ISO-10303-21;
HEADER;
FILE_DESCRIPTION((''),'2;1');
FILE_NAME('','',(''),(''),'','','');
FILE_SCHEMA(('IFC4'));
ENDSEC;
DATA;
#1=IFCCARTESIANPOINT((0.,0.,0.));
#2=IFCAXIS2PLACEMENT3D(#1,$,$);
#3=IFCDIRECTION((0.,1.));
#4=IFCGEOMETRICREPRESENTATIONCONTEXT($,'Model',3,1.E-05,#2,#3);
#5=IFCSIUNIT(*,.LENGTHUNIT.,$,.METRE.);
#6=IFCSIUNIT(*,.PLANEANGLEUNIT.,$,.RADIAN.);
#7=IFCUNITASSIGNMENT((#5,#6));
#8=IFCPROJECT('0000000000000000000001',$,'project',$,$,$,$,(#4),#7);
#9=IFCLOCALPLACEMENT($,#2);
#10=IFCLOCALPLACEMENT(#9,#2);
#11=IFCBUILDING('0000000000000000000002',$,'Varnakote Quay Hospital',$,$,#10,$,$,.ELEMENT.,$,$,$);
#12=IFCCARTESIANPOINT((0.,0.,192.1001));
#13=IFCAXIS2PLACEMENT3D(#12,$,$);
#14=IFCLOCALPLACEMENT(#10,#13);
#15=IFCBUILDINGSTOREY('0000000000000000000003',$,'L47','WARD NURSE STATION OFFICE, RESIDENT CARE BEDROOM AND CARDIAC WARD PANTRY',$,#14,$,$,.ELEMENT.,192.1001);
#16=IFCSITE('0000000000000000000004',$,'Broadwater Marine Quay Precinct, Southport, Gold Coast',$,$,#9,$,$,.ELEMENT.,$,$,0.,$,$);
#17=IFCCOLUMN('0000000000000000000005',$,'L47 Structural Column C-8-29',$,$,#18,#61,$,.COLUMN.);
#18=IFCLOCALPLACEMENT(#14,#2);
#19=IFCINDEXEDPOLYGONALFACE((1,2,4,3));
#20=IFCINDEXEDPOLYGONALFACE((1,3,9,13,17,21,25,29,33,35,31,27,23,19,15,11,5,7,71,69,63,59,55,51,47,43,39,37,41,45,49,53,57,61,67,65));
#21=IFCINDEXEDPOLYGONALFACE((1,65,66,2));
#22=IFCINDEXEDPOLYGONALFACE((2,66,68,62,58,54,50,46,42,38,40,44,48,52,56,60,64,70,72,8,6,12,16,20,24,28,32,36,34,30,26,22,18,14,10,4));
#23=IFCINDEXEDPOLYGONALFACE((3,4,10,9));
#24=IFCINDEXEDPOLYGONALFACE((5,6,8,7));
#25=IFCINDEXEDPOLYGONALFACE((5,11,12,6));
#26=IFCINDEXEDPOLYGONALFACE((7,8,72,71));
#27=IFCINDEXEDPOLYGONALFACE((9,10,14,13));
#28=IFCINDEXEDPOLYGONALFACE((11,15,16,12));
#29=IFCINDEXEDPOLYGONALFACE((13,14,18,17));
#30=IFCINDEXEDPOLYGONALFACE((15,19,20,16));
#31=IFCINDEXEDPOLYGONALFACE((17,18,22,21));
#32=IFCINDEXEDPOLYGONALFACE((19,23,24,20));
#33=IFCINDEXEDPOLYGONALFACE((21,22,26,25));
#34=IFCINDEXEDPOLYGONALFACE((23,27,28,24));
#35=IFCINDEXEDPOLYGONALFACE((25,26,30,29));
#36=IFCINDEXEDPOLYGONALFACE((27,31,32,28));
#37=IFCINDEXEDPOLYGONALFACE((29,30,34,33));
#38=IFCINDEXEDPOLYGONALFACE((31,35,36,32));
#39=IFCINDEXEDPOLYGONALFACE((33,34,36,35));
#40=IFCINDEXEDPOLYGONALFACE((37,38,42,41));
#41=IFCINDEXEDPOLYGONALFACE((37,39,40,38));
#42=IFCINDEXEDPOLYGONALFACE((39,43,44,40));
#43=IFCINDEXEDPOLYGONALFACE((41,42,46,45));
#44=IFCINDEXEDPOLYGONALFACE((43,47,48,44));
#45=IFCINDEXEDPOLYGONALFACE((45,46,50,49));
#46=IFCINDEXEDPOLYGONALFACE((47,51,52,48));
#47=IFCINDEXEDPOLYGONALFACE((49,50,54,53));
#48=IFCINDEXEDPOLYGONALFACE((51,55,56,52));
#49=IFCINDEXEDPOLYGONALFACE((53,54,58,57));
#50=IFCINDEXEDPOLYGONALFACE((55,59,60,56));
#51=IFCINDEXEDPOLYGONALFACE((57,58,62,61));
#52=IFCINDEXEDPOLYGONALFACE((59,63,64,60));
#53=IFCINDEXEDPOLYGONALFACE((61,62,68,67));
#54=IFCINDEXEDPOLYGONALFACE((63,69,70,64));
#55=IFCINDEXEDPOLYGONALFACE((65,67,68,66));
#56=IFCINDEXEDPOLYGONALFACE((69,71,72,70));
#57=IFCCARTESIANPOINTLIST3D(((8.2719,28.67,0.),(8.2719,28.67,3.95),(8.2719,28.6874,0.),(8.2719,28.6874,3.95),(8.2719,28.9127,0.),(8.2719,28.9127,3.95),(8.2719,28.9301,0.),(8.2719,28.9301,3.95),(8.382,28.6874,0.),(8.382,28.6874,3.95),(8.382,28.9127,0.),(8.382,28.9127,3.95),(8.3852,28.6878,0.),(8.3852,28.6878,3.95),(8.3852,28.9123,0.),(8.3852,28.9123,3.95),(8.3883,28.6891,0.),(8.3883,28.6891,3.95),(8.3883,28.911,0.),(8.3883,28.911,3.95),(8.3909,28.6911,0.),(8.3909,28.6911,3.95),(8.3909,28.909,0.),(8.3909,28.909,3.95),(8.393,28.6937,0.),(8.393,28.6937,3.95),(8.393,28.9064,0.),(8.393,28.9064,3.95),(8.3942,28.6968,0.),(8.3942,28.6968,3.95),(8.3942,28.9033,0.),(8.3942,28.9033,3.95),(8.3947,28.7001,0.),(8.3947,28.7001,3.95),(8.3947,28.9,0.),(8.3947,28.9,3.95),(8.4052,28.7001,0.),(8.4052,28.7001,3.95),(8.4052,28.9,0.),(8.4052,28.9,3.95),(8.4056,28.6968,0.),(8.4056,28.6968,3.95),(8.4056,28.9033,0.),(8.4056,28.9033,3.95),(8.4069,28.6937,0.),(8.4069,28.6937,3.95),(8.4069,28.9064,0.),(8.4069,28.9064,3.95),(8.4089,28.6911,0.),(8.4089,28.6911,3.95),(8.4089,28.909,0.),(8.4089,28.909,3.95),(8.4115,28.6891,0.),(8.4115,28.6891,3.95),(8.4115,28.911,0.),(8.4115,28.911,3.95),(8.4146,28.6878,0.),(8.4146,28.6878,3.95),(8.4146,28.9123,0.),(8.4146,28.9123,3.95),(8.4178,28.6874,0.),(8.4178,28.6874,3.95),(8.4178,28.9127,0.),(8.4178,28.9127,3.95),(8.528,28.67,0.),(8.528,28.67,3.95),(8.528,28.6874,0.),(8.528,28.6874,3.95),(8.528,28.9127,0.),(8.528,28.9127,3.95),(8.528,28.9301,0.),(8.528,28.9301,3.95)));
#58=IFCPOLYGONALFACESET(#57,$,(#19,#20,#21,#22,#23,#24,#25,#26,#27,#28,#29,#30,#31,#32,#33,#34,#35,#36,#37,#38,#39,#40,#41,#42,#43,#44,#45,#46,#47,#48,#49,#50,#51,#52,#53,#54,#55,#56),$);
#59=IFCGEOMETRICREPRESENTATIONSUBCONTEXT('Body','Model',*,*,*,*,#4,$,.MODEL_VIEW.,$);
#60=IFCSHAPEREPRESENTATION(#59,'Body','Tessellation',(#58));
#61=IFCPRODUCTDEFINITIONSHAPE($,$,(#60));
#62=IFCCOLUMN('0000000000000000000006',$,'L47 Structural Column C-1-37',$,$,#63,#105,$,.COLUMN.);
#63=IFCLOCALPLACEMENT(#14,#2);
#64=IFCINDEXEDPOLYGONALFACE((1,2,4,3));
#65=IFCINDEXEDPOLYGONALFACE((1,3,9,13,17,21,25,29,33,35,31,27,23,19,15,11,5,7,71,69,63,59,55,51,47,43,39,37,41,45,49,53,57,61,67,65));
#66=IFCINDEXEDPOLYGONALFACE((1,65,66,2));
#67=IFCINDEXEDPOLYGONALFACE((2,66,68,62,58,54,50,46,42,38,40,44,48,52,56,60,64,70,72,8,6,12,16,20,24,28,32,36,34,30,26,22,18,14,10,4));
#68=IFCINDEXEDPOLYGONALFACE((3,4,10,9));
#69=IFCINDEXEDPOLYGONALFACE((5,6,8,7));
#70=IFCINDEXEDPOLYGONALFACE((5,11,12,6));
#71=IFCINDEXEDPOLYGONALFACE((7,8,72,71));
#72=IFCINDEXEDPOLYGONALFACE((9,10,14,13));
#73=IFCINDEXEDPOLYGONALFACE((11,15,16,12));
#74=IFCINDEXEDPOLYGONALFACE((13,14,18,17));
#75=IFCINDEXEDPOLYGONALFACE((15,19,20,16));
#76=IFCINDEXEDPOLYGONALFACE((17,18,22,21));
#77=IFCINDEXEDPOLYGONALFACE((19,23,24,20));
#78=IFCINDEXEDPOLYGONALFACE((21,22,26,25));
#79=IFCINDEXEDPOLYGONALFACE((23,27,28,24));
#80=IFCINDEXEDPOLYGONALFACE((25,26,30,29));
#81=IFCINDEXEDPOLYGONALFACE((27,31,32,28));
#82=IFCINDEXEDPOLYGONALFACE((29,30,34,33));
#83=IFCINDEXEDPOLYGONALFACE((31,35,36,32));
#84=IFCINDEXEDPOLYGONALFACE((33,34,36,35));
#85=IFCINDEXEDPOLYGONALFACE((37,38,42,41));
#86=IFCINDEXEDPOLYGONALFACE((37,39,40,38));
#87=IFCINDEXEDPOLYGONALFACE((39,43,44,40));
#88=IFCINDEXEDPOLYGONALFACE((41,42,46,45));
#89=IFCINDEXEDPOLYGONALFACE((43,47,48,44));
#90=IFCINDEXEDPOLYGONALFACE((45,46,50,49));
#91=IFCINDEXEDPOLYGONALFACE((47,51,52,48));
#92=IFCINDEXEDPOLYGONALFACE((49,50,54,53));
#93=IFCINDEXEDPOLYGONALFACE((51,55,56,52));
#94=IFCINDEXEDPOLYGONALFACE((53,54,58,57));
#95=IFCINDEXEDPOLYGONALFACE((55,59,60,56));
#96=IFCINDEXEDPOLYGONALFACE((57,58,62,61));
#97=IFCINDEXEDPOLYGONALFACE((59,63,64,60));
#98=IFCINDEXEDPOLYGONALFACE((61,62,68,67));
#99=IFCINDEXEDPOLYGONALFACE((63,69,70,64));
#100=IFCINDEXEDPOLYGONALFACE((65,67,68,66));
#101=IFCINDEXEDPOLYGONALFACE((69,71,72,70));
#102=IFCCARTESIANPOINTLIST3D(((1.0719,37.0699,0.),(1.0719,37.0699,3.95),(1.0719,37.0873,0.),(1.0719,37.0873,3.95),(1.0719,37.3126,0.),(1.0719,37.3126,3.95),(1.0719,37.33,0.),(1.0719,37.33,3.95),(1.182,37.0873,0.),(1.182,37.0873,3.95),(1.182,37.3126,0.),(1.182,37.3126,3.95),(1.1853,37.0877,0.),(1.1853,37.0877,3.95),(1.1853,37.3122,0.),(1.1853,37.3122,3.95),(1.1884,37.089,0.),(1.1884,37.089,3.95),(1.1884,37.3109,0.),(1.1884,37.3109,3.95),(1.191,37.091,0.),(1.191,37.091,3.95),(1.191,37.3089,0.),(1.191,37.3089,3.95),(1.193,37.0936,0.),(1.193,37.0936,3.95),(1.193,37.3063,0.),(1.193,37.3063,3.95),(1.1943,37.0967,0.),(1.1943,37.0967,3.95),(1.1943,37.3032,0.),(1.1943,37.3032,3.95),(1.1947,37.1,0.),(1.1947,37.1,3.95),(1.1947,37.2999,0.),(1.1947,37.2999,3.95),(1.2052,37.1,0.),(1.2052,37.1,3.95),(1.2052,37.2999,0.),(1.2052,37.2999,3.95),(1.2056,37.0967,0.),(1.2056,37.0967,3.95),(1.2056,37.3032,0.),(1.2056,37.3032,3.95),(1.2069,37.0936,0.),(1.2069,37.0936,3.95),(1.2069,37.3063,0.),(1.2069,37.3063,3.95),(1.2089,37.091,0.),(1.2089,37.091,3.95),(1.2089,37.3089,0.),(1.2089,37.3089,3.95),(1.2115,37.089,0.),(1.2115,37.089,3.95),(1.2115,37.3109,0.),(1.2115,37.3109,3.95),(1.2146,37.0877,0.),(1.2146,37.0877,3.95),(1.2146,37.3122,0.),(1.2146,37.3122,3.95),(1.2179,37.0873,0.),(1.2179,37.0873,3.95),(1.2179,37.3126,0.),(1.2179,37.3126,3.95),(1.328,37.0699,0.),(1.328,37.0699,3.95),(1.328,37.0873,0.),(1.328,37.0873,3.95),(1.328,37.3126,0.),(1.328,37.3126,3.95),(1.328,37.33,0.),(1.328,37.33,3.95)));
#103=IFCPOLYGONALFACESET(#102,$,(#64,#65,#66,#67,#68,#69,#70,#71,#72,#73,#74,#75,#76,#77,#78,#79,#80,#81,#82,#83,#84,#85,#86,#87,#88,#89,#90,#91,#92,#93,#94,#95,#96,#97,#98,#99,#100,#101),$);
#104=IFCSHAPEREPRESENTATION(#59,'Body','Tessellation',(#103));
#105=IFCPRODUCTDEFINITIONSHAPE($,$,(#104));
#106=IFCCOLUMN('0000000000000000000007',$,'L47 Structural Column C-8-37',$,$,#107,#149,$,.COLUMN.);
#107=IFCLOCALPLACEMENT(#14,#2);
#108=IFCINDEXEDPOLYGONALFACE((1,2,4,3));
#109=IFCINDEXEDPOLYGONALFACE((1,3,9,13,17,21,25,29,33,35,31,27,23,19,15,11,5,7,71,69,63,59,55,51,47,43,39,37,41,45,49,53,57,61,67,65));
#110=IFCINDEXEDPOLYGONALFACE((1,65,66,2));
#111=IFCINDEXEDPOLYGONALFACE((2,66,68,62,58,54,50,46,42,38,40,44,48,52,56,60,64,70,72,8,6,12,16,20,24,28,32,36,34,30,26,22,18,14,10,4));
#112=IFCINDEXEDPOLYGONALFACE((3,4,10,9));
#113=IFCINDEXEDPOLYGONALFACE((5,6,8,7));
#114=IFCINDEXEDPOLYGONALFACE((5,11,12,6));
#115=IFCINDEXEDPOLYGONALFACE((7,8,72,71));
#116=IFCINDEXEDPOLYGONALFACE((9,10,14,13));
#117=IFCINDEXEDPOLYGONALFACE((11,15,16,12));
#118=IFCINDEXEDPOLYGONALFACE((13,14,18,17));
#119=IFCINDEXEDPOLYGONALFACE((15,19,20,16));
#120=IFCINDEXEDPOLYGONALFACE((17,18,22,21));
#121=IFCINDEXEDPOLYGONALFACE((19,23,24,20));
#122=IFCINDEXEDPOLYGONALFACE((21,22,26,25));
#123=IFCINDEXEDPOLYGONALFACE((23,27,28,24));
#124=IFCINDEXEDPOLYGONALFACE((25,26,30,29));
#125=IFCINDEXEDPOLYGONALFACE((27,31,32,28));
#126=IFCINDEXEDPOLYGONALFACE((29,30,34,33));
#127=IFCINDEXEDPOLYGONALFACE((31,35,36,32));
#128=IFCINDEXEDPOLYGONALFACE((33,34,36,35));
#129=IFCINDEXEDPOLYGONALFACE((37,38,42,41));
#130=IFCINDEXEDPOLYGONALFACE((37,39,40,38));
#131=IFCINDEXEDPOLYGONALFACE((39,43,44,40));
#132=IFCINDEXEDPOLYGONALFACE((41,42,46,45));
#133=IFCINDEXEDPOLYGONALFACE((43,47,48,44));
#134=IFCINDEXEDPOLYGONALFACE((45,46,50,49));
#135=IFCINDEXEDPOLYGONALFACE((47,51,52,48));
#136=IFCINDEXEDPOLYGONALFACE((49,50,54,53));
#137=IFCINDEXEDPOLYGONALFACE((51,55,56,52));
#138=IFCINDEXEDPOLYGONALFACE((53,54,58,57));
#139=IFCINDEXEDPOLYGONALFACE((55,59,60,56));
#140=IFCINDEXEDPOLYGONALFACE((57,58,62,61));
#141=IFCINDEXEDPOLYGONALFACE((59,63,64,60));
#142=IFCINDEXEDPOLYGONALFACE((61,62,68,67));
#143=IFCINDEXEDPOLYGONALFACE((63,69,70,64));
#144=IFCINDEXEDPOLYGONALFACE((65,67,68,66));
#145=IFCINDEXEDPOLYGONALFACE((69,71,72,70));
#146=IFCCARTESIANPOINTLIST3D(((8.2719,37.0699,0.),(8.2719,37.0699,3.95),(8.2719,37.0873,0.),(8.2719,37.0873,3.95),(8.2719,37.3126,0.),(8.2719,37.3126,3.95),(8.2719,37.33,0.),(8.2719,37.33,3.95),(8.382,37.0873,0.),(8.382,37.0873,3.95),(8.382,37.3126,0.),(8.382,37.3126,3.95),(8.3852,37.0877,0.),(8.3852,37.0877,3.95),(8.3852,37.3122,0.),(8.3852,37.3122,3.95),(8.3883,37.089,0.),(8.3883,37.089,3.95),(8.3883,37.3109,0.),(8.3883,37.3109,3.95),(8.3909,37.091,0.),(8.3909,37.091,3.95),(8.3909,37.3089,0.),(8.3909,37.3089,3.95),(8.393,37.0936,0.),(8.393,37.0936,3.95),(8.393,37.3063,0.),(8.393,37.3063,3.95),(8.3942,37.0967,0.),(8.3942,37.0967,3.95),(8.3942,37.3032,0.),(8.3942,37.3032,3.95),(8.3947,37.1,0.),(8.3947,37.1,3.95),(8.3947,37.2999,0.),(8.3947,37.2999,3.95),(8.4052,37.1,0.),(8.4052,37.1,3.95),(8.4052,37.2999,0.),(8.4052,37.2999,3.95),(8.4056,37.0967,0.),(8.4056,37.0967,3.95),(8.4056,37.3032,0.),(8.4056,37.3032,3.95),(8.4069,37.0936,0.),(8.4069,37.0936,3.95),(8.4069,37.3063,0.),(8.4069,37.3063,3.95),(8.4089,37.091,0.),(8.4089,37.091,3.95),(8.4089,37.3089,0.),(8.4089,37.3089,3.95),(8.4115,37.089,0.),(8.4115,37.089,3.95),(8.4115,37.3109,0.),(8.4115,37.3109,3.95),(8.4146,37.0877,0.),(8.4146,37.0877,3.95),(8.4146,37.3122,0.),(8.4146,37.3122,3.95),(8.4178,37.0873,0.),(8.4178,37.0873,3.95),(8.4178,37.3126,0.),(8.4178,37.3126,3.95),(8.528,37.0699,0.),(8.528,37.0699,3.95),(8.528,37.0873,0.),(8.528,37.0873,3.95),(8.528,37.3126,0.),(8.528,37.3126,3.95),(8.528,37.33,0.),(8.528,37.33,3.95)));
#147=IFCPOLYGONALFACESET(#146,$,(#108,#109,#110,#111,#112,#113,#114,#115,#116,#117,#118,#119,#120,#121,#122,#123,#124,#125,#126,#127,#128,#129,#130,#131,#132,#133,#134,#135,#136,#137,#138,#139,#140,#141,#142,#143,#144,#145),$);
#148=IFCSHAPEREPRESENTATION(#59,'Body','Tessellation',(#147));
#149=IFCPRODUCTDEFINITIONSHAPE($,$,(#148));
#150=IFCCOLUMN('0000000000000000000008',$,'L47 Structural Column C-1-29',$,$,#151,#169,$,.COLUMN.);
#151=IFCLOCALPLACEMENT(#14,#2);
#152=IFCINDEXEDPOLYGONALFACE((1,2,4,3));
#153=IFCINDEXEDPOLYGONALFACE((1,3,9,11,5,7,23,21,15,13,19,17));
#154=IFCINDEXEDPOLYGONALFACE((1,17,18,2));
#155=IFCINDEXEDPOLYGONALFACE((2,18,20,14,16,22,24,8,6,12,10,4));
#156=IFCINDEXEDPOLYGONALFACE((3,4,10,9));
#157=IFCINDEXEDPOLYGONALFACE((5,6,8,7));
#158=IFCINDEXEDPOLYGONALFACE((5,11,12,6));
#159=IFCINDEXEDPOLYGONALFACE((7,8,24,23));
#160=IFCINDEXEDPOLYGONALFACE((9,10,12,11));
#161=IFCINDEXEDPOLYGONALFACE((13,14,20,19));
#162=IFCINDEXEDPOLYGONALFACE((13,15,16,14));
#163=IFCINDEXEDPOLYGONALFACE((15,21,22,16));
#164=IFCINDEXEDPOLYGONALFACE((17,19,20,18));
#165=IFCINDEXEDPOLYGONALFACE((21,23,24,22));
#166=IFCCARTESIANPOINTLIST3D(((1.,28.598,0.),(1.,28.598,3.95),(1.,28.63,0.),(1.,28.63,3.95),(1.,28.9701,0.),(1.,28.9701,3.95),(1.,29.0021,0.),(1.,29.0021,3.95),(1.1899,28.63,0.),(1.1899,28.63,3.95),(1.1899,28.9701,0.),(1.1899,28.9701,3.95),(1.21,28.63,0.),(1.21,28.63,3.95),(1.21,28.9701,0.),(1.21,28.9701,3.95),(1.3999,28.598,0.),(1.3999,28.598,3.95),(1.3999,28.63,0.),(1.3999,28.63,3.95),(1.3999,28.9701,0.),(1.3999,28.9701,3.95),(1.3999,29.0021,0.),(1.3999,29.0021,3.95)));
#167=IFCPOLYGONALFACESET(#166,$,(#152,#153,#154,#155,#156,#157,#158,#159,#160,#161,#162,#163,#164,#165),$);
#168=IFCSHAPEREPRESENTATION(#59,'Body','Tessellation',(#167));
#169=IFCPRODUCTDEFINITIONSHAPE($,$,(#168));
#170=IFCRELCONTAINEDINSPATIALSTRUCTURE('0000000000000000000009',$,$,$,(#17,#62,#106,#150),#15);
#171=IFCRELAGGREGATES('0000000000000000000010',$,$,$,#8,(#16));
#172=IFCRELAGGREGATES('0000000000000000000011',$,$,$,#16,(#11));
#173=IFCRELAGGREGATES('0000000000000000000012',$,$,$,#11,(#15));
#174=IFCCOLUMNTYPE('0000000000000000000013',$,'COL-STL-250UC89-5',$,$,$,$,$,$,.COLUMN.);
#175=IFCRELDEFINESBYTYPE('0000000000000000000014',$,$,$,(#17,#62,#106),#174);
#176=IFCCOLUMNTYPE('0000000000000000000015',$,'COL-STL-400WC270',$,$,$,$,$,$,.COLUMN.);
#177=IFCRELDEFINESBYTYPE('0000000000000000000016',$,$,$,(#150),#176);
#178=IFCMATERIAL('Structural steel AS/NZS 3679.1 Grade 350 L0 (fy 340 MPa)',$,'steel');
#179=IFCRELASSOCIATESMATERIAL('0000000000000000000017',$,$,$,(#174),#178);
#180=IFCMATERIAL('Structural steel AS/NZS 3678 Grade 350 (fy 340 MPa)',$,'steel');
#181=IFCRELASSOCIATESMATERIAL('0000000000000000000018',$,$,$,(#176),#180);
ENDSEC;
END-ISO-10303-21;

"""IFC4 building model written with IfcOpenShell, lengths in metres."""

from ifc_helpers import new_model, si_unit, direction, frame, origin, origin_2d, place, context, subcontext, project, spatial, i_section, extrude, material, material_profile, profile_set, type_object, element, save


model = new_model("IFC4")

# Units and contexts
model_context = context("Model", 3, precision=1e-05, world=origin(), true_north=direction((0.0, 1.0)))
body_context = subcontext(model_context, "Body", "Model", "MODEL_VIEW")
ifc_project = project(units=[si_unit("LENGTHUNIT", "METRE"), si_unit("PLANEANGLEUNIT", "RADIAN")], contexts=[model_context])

# Site, building, storey
site_placement = place(None, origin())
site = spatial("IfcSite", under=ifc_project, at=site_placement, Name="Broadwater Marine Quay Precinct, Southport, Gold Coast", CompositionType="ELEMENT", RefElevation=0.0)
building_placement = place(site_placement, origin())
building = spatial("IfcBuilding", under=site, at=building_placement, Name="Varnakote Quay Hospital", CompositionType="ELEMENT")
storey_placement = place(building_placement, frame((0.0, 0.0, 192.1001)))
storey = spatial("IfcBuildingStorey", under=building, at=storey_placement, Name="L47", Description="WARD NURSE STATION OFFICE, RESIDENT CARE BEDROOM AND CARDIAC WARD PANTRY", CompositionType="ELEMENT", Elevation=192.1001)

# Columns
ifc_material_1 = material(Name="Structural steel AS/NZS 3679.1 Grade 350 L0 (fy 340 MPa)", Category="steel")
ifc_material_profile_1 = material_profile(ifc_material_1, i_section(OverallWidth=0.2561, OverallDepth=0.26, WebThickness=0.0105, FlangeThickness=0.0173, FilletRadius=0.0127, at=origin_2d()), Name="250UC89.5")
ifc_profile_set_1 = profile_set([ifc_material_profile_1], Name="Structural steel AS/NZS 3679.1 Grade 350 L0 (fy 340 MPa)")
column_type_1 = type_object("IfcColumnType", Name="COL-STL-250UC89-5", PredefinedType="COLUMN", material=ifc_profile_set_1)
for number, where, z_axis, x_axis, name in (
    (1, (8.3999, 28.8, 0.0), (0.0, 0.0, 1.0), (1.0, 0.0, 0.0), "L47 Structural Column C-8-29"),
    (2, (1.2, 37.2, 0.0), (0.0, 0.0, 1.0), (1.0, 0.0, 0.0), "L47 Structural Column C-1-37"),
    (3, (8.3999, 37.2, 0.0), (0.0, 0.0, 1.0), (1.0, 0.0, 0.0), "L47 Structural Column C-8-37"),
):
    element("IfcColumn", number, at=place(storey_placement, frame(where, z_axis=z_axis, x_axis=x_axis)), inside=storey, type_object=column_type_1, Name=name, PredefinedType="COLUMN", context=body_context, shape_type="SweptSolid", body=[
        extrude(i_section(OverallWidth=0.2561, OverallDepth=0.26, WebThickness=0.0105, FlangeThickness=0.0173, FilletRadius=0.0127, at=origin_2d()), origin(), (0.0, 0.0, 1.0), 3.95),
    ])
ifc_material_2 = material(Name="Structural steel AS/NZS 3678 Grade 350 (fy 340 MPa)", Category="steel")
ifc_material_profile_2 = material_profile(ifc_material_2, i_section(OverallWidth=0.3999, OverallDepth=0.4041, WebThickness=0.02, FlangeThickness=0.032, at=origin_2d()), Name="400WC270")
ifc_profile_set_2 = profile_set([ifc_material_profile_2], Name="Structural steel AS/NZS 3678 Grade 350 (fy 340 MPa)")
column_type_2 = type_object("IfcColumnType", Name="COL-STL-400WC270", PredefinedType="COLUMN", material=ifc_profile_set_2)
column_placement = place(storey_placement, frame((1.2, 28.8, 0.0), z_axis=(0.0, 0.0, 1.0), x_axis=(1.0, 0.0, 0.0)))
element("IfcColumn", 4, at=column_placement, inside=storey, type_object=column_type_2, Name="L47 Structural Column C-1-29", PredefinedType="COLUMN", context=body_context, shape_type="SweptSolid", body=[
    extrude(i_section(OverallWidth=0.3999, OverallDepth=0.4041, WebThickness=0.02, FlangeThickness=0.032, at=origin_2d()), origin(), (0.0, 0.0, 1.0), 3.95),
])

save(model, "model.ifc")
